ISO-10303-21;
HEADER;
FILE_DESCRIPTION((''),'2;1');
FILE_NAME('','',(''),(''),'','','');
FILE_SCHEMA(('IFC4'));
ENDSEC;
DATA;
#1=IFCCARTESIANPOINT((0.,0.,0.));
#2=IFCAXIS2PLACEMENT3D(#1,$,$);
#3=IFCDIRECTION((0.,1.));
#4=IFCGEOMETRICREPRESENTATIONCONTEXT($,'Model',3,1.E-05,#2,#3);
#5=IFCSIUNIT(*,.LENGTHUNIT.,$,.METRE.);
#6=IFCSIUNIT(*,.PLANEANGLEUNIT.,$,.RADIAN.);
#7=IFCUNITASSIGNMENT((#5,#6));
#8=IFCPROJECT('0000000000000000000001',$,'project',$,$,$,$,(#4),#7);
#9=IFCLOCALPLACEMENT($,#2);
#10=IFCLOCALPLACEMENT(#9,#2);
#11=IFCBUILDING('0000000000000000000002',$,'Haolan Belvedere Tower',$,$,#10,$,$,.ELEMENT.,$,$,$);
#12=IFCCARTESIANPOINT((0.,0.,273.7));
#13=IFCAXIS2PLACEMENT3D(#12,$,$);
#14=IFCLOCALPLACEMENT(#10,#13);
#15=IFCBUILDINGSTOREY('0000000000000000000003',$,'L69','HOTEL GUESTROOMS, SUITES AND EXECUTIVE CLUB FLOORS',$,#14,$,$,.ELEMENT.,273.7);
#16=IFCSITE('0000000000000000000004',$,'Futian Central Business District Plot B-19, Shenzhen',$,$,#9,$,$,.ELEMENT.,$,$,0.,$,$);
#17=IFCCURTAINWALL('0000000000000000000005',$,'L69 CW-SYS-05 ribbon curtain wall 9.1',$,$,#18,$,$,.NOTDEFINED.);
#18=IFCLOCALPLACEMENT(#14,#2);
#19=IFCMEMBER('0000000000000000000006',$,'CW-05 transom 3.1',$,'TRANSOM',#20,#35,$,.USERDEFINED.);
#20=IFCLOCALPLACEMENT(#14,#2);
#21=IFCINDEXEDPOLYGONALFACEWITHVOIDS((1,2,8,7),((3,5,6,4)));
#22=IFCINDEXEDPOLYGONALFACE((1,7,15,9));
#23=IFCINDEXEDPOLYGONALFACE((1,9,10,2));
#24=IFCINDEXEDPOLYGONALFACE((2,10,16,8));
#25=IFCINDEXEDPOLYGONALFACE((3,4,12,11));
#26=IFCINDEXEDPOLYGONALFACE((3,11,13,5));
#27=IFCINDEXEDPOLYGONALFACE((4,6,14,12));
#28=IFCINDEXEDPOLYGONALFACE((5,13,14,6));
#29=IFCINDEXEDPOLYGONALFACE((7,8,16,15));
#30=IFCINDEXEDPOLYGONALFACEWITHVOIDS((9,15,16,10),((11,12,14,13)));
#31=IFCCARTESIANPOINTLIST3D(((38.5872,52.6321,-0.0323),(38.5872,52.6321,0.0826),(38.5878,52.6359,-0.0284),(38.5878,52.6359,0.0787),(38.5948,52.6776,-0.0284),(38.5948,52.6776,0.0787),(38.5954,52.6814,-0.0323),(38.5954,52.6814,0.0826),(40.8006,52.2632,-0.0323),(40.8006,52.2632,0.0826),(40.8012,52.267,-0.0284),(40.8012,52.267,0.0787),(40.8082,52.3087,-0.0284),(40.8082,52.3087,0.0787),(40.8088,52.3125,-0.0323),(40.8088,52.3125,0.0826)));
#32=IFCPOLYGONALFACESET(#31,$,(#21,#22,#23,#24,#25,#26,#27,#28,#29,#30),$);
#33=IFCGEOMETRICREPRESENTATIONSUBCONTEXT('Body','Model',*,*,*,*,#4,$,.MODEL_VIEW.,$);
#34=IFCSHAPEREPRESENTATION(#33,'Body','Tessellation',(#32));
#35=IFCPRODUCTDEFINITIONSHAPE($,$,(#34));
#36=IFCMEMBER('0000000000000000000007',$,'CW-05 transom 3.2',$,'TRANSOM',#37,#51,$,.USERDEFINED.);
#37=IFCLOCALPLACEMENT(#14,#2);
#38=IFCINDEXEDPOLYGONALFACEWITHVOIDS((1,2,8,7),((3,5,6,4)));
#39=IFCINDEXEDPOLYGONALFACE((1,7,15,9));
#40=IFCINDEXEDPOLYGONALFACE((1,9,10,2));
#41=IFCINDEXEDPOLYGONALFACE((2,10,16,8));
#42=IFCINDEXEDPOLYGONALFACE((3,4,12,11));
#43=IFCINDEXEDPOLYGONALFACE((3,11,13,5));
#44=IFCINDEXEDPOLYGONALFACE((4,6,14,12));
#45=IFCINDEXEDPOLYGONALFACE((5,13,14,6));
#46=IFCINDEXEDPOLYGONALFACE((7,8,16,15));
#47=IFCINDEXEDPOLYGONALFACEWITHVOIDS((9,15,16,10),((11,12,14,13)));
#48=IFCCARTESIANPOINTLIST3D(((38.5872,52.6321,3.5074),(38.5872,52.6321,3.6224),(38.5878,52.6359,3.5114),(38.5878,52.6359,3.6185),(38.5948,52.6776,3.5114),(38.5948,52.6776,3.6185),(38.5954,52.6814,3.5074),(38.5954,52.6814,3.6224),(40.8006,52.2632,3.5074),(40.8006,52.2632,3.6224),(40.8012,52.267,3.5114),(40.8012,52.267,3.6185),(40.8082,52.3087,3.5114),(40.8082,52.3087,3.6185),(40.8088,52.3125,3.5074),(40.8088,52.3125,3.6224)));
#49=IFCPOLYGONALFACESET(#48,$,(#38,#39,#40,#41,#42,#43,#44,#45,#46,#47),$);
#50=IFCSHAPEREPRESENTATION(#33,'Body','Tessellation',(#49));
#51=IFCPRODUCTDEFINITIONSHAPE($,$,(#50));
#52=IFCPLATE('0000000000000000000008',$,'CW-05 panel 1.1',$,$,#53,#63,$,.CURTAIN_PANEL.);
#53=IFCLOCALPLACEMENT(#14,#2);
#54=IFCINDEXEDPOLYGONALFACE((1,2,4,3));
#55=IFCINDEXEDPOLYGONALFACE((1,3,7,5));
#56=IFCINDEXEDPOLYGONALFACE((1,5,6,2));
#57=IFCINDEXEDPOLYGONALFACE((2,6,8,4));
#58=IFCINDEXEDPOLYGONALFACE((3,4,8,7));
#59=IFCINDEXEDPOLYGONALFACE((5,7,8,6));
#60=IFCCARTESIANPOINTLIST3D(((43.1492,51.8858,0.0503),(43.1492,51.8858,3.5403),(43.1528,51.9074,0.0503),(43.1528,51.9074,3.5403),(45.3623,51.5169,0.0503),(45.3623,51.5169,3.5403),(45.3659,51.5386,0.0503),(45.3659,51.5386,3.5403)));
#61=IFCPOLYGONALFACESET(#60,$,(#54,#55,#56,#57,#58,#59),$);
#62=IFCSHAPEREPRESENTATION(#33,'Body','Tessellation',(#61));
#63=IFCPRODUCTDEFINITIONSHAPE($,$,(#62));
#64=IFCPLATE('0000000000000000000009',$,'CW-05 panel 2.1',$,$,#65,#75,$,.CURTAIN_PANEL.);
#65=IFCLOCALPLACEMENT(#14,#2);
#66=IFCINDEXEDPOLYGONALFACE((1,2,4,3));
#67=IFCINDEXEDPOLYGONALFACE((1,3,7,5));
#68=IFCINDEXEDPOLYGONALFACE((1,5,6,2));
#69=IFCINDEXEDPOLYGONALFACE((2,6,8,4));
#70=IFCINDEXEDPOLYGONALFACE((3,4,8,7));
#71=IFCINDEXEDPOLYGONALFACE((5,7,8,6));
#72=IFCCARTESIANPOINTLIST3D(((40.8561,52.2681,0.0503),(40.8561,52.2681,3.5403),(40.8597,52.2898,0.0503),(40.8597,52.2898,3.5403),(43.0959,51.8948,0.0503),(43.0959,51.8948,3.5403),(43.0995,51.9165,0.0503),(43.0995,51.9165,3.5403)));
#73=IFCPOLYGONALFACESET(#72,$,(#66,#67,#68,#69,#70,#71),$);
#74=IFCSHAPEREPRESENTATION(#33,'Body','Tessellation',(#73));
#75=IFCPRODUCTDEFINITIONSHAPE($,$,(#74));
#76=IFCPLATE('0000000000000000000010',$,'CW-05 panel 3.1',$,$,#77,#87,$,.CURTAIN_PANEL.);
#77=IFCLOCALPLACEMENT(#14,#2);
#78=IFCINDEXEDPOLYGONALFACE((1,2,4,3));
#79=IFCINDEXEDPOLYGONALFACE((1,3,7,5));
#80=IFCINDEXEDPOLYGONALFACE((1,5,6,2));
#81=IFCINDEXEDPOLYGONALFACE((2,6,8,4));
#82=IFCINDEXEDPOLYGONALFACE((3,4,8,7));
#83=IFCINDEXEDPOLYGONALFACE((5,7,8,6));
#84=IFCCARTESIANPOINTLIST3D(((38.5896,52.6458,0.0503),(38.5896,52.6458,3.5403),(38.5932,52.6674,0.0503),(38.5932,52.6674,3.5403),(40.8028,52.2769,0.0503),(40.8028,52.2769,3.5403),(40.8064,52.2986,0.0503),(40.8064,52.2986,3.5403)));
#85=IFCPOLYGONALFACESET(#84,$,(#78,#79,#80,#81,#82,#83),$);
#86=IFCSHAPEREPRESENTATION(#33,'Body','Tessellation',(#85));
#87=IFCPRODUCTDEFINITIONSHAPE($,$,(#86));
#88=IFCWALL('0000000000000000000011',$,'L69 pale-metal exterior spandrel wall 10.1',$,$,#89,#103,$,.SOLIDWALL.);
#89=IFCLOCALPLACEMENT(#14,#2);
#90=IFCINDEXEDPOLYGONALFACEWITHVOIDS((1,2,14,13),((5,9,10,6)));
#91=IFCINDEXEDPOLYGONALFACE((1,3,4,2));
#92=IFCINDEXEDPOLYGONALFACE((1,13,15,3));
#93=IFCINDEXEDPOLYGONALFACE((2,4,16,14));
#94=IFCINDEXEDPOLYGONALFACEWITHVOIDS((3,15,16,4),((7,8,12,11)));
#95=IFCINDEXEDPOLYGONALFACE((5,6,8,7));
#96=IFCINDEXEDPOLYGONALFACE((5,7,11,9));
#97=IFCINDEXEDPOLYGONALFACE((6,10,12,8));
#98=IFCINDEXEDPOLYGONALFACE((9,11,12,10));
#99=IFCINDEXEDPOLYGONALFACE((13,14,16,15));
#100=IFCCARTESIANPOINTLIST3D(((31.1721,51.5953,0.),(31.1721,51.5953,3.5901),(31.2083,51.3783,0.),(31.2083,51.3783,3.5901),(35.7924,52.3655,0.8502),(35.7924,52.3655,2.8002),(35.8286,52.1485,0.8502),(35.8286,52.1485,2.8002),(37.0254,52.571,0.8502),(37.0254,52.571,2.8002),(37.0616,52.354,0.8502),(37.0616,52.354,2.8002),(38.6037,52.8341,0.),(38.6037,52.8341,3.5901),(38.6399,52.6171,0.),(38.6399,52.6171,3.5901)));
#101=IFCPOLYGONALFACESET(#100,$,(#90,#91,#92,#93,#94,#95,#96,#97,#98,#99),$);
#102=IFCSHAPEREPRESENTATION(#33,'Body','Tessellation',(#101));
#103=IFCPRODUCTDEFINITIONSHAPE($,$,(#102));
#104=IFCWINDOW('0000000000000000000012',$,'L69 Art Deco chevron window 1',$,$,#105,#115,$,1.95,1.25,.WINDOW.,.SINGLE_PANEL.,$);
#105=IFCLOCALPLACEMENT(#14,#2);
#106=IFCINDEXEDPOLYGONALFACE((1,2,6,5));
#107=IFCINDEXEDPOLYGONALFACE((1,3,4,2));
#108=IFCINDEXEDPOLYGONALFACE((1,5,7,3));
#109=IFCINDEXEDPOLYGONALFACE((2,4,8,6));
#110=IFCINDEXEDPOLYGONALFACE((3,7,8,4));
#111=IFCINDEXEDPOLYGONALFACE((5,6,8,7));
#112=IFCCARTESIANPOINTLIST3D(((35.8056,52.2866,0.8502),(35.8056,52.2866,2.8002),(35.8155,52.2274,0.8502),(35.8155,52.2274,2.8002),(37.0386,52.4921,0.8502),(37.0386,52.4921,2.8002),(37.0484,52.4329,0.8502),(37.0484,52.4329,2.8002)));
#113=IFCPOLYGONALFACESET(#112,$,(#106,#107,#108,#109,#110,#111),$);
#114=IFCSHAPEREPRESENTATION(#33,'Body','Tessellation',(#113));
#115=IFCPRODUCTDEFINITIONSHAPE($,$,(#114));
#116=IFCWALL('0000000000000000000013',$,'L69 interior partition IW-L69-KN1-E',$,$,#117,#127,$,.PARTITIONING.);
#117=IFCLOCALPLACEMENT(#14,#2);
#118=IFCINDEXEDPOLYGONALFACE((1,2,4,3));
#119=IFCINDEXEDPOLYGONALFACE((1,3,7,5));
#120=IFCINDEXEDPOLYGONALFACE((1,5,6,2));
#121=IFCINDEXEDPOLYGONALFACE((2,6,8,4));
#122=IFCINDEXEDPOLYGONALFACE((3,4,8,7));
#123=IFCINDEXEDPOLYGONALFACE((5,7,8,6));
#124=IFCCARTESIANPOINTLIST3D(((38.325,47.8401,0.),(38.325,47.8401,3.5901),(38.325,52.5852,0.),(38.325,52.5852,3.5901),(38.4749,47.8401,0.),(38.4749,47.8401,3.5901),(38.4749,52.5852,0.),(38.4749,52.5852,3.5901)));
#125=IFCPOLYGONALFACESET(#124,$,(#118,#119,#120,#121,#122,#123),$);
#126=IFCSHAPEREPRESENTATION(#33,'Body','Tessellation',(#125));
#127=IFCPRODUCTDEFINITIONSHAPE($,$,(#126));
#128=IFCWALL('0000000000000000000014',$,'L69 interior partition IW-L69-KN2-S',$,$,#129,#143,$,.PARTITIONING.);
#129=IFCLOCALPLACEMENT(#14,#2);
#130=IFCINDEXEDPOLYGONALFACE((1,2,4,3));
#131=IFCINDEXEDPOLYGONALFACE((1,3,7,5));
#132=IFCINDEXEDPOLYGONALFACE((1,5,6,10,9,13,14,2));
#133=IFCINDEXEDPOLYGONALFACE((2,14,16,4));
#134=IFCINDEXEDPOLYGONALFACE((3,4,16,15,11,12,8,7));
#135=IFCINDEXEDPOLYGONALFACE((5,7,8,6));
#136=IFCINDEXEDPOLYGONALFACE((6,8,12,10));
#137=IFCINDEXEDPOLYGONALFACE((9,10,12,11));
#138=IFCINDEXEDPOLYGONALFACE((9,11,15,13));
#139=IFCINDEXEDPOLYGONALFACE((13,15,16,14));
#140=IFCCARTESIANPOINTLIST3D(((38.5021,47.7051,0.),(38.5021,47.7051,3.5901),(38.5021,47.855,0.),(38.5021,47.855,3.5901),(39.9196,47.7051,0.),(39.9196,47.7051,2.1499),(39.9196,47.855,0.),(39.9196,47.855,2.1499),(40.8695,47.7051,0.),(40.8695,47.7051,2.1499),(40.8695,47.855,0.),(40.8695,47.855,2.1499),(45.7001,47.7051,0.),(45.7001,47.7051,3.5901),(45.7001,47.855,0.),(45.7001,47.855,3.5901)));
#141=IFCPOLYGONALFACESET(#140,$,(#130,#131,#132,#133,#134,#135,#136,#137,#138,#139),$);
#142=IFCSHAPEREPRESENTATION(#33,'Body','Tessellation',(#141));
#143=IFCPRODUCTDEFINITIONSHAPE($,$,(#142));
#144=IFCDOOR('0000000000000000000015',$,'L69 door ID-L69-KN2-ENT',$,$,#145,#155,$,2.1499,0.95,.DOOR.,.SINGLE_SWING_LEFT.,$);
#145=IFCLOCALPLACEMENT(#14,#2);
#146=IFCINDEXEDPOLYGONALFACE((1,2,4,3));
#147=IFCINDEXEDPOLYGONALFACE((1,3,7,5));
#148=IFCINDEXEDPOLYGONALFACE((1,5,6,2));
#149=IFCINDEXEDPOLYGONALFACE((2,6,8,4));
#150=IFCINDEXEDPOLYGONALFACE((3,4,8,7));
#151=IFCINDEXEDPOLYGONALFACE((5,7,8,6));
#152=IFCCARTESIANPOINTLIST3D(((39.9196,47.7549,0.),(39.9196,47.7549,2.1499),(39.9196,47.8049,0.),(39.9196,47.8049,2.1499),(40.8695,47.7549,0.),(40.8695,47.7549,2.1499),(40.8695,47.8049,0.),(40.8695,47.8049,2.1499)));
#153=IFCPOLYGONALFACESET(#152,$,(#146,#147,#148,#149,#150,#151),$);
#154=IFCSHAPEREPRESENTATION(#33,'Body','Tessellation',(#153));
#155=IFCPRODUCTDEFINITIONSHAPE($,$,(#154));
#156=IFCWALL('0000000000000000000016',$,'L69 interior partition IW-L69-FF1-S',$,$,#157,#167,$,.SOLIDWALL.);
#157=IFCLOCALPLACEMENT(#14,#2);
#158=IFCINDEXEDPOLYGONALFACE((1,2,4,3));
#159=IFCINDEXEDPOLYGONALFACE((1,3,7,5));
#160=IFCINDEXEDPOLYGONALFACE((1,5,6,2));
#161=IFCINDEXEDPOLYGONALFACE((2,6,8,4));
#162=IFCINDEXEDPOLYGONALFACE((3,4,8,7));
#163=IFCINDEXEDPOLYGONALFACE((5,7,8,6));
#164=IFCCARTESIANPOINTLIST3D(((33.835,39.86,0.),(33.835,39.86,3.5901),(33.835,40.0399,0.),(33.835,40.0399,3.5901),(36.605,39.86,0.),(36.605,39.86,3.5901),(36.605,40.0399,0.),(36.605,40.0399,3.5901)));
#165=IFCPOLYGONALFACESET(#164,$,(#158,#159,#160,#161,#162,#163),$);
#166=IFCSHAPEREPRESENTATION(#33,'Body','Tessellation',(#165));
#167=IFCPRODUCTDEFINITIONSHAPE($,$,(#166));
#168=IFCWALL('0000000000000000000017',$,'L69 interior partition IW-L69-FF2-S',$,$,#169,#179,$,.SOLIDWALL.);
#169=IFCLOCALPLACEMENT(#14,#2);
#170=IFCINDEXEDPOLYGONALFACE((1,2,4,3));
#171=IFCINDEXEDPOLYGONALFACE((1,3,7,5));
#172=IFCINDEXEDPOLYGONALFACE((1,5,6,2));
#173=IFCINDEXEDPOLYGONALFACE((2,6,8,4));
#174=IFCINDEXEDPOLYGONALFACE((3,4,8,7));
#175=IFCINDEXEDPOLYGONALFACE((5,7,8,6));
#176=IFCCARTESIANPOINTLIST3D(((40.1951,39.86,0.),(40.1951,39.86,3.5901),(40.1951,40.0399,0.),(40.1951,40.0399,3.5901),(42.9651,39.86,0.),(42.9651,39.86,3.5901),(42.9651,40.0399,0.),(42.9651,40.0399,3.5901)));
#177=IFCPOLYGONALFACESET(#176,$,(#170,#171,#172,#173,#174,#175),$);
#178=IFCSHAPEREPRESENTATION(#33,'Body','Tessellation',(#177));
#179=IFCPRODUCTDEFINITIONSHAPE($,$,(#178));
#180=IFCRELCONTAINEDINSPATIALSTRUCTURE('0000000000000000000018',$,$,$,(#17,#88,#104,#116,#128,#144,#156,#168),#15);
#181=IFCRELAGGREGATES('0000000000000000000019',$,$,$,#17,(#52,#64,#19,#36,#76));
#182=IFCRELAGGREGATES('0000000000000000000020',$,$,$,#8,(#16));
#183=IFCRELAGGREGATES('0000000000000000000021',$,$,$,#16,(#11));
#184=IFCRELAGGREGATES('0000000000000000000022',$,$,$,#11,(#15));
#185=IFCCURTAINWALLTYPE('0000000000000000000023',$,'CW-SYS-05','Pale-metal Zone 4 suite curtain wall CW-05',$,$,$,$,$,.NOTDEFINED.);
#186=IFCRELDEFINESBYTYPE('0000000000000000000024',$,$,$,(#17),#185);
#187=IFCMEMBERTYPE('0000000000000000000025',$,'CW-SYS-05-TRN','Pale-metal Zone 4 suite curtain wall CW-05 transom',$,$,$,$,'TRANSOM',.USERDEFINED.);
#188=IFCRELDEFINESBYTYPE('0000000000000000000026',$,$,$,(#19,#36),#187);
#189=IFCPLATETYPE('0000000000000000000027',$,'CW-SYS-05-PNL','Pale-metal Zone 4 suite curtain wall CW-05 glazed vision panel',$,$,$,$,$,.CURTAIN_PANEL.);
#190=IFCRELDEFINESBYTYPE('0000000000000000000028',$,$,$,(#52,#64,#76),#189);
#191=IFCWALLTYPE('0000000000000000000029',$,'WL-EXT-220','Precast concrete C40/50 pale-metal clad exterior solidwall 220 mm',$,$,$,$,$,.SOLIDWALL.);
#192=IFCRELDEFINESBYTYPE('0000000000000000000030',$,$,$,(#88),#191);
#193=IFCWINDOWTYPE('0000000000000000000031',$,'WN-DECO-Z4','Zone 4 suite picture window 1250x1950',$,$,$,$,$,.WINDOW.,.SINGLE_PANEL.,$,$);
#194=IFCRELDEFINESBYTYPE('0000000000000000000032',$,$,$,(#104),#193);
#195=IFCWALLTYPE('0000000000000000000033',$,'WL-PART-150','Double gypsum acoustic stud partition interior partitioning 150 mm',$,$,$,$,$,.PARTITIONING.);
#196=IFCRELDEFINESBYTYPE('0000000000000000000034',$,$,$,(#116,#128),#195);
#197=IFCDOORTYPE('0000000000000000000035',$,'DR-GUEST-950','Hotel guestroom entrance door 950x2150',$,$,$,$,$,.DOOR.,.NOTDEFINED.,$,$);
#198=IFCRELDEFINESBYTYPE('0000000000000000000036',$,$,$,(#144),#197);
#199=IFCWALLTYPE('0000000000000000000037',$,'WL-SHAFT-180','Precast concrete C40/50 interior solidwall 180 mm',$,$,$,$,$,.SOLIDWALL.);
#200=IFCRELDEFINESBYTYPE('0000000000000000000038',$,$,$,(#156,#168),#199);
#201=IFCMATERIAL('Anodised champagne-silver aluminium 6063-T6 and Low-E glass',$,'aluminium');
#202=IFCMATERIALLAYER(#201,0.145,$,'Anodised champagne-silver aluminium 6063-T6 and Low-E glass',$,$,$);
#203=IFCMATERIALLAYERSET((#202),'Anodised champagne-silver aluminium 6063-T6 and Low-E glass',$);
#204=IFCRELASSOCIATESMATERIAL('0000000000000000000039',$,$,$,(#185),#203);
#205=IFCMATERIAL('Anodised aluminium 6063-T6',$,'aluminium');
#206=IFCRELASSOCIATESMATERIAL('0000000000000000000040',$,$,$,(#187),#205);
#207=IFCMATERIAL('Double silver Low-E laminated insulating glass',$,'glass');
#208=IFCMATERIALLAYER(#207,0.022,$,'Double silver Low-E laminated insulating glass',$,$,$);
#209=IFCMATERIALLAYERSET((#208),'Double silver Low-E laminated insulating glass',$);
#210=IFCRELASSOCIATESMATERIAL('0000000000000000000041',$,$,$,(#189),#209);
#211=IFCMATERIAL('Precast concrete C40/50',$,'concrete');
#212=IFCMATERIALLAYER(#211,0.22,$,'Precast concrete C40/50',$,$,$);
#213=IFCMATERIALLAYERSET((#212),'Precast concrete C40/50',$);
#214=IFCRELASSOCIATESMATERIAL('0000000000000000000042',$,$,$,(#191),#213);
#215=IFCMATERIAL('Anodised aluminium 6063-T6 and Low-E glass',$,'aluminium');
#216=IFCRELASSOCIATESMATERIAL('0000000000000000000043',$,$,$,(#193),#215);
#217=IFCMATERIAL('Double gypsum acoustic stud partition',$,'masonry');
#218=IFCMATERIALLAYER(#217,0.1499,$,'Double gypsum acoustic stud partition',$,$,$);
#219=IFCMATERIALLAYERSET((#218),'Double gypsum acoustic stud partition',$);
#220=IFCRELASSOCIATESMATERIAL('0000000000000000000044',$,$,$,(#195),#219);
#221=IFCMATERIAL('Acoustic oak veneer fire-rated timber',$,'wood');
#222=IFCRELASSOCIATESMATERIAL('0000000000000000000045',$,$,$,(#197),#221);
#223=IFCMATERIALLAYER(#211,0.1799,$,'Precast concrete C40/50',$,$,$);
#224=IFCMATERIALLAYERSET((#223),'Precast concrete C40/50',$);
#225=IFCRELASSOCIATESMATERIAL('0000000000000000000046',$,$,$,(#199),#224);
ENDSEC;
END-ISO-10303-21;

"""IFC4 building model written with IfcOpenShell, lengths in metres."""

from ifc_helpers import new_model, si_unit, direction, frame, frame_2d, origin, origin_2d, place, context, subcontext, project, spatial, rectangle, hollow_rectangle, extrude, material, layer, layer_set, material_profile, profile_set, type_object, element, fill, aggregate, save


model = new_model("IFC4")

# Units and contexts
model_context = context("Model", 3, precision=1e-05, world=origin(), true_north=direction((0.0, 1.0)))
body_context = subcontext(model_context, "Body", "Model", "MODEL_VIEW")
ifc_project = project(units=[si_unit("LENGTHUNIT", "METRE"), si_unit("PLANEANGLEUNIT", "RADIAN")], contexts=[model_context])

# Site, building, storey
site_placement = place(None, origin())
site = spatial("IfcSite", under=ifc_project, at=site_placement, Name="Futian Central Business District Plot B-19, Shenzhen", CompositionType="ELEMENT", RefElevation=0.0)
building_placement = place(site_placement, origin())
building = spatial("IfcBuilding", under=site, at=building_placement, Name="Haolan Belvedere Tower", CompositionType="ELEMENT")
storey_placement = place(building_placement, frame((0.0, 0.0, 273.7)))
storey = spatial("IfcBuildingStorey", under=building, at=storey_placement, Name="L69", Description="HOTEL GUESTROOMS, SUITES AND EXECUTIVE CLUB FLOORS", CompositionType="ELEMENT", Elevation=273.7)

# Curtain wall, members, plates
ifc_material_1 = material(Name="Anodised champagne-silver aluminium 6063-T6 and Low-E glass", Category="aluminium")
ifc_layer_1 = layer(ifc_material_1, 0.145, Name="Anodised champagne-silver aluminium 6063-T6 and Low-E glass")
ifc_layer_set_1 = layer_set([ifc_layer_1], Name="Anodised champagne-silver aluminium 6063-T6 and Low-E glass")
curtain_wall_type = type_object("IfcCurtainWallType", Name="CW-SYS-05", Description="Pale-metal Zone 4 suite curtain wall CW-05", PredefinedType="NOTDEFINED", material=ifc_layer_set_1)
curtain_wall_placement = place(storey_placement, origin())
curtain_wall = element("IfcCurtainWall", 1, at=curtain_wall_placement, inside=storey, type_object=curtain_wall_type, Name="L69 CW-SYS-05 ribbon curtain wall 9.1", PredefinedType="NOTDEFINED")
ifc_material_2 = material(Name="Anodised aluminium 6063-T6", Category="aluminium")
ifc_material_profile_1 = material_profile(ifc_material_2, hollow_rectangle(XDim=0.05, YDim=0.115, WallThickness=0.0039, at=origin_2d()), Name="Anodised aluminium 6063-T6")
ifc_profile_set_1 = profile_set([ifc_material_profile_1], Name="Anodised aluminium 6063-T6")
member_type_1 = type_object("IfcMemberType", Name="CW-SYS-05-TRN", Description="Pale-metal Zone 4 suite curtain wall CW-05 transom", ElementType="TRANSOM", PredefinedType="USERDEFINED", material=ifc_profile_set_1)
member_1_placement = place(storey_placement, frame((40.8047, 52.2878, 0.0251), z_axis=(-0.986394, 0.164399, 0.0), x_axis=(-0.164399, -0.986394, 0.0)))
member_1 = element("IfcMember", 2, at=member_1_placement, type_object=member_type_1, Name="CW-05 transom 3.1", ObjectType="TRANSOM", PredefinedType="USERDEFINED", context=body_context, shape_type="SweptSolid", body=[
    extrude(hollow_rectangle(XDim=0.05, YDim=0.115, WallThickness=0.0039, at=origin_2d()), origin(), (0.0, 0.0, 1.0), 2.2439),
])
member_2_placement = place(storey_placement, frame((40.8047, 52.2878, 3.5649), z_axis=(-0.986394, 0.164399, 0.0), x_axis=(-0.164399, -0.986394, 0.0)))
member_2 = element("IfcMember", 3, at=member_2_placement, type_object=member_type_1, Name="CW-05 transom 3.2", ObjectType="TRANSOM", PredefinedType="USERDEFINED", context=body_context, shape_type="SweptSolid", body=[
    extrude(hollow_rectangle(XDim=0.05, YDim=0.115, WallThickness=0.0039, at=origin_2d()), origin(), (0.0, 0.0, 1.0), 2.2439),
])
ifc_material_3 = material(Name="Double silver Low-E laminated insulating glass", Category="glass")
ifc_layer_2 = layer(ifc_material_3, 0.022, Name="Double silver Low-E laminated insulating glass")
ifc_layer_set_2 = layer_set([ifc_layer_2], Name="Double silver Low-E laminated insulating glass")
plate_type = type_object("IfcPlateType", Name="CW-SYS-05-PNL", Description="Pale-metal Zone 4 suite curtain wall CW-05 glazed vision panel", PredefinedType="CURTAIN_PANEL", material=ifc_layer_set_2)
plate_1_placement = place(storey_placement, frame((44.2576, 51.7122, 0.0503), z_axis=(0.0, 0.0, 1.0), x_axis=(-0.986393, 0.164406, 0.0)))
plate_1 = element("IfcPlate", 4, at=plate_1_placement, type_object=plate_type, Name="CW-05 panel 1.1", PredefinedType="CURTAIN_PANEL", context=body_context, shape_type="SweptSolid", body=[
    extrude(rectangle(XDim=2.2437, YDim=0.022, at=origin_2d()), origin(), (0.0, 0.0, 1.0), 3.49),
])
plate_2_placement = place(storey_placement, frame((41.9778, 52.0923, 0.0503), z_axis=(0.0, 0.0, 1.0), x_axis=(-0.986393, 0.164406, 0.0)))
plate_2 = element("IfcPlate", 5, at=plate_2_placement, type_object=plate_type, Name="CW-05 panel 2.1", PredefinedType="CURTAIN_PANEL", context=body_context, shape_type="SweptSolid", body=[
    extrude(rectangle(XDim=2.2708, YDim=0.022, at=origin_2d()), origin(), (0.0, 0.0, 1.0), 3.49),
])
plate_3_placement = place(storey_placement, frame((39.698, 52.4722, 0.0503), z_axis=(0.0, 0.0, 1.0), x_axis=(-0.986393, 0.164406, 0.0)))
plate_3 = element("IfcPlate", 6, at=plate_3_placement, type_object=plate_type, Name="CW-05 panel 3.1", PredefinedType="CURTAIN_PANEL", context=body_context, shape_type="SweptSolid", body=[
    extrude(rectangle(XDim=2.2437, YDim=0.022, at=origin_2d()), origin(), (0.0, 0.0, 1.0), 3.49),
])
aggregate(curtain_wall, [plate_1, plate_2, member_1, member_2, plate_3])

# Wall, opening, window
ifc_material_4 = material(Name="Precast concrete C40/50", Category="concrete")
ifc_layer_3 = layer(ifc_material_4, 0.22, Name="Precast concrete C40/50")
ifc_layer_set_3 = layer_set([ifc_layer_3], Name="Precast concrete C40/50")
wall_type_1 = type_object("IfcWallType", Name="WL-EXT-220", Description="Precast concrete C40/50 pale-metal clad exterior solidwall 220 mm", PredefinedType="SOLIDWALL", material=ifc_layer_set_3)
wall_1_placement = place(storey_placement, frame((38.6218, 52.7256, 0.0), z_axis=(0.0, 0.0, 1.0), x_axis=(-0.98639, -0.16442, 0.0)))
wall_1 = element("IfcWall", 7, at=wall_1_placement, inside=storey, type_object=wall_type_1, Name="L69 pale-metal exterior spandrel wall 10.1", PredefinedType="SOLIDWALL", context=body_context, shape_type="SweptSolid", body=[
    extrude(rectangle(XDim=7.5342, YDim=0.22, at=frame_2d((3.7671, 0.0))), origin(), (0.0, 0.0, 1.0), 3.5901),
])
opening_1_placement = place(wall_1_placement, frame((1.6001, 0.0, 0.8501)))
opening_1 = element("IfcOpeningElement", 8, at=opening_1_placement, cuts=wall_1, PredefinedType="OPENING", context=body_context, shape_type="SweptSolid", body=[
    extrude(rectangle(XDim=1.25, YDim=1.95, at=frame_2d((0.625, 0.9751))), frame((0.0, 0.1199, 0.0), z_axis=(0.0, -1.0, 0.0), x_axis=(1.0, 0.0, 0.0)), (0.0, 0.0, 1.0), 0.24),
])
ifc_material_5 = material(Name="Anodised aluminium 6063-T6 and Low-E glass", Category="aluminium")
window_type = type_object("IfcWindowType", Name="WN-DECO-Z4", Description="Zone 4 suite picture window 1250x1950", PartitioningType="SINGLE_PANEL", PredefinedType="WINDOW", material=ifc_material_5)
window_placement = place(opening_1_placement, origin())
window = element("IfcWindow", 9, at=window_placement, inside=storey, type_object=window_type, Name="L69 Art Deco chevron window 1", OverallHeight=1.95, OverallWidth=1.25, PartitioningType="SINGLE_PANEL", PredefinedType="WINDOW", context=body_context, shape_type="SweptSolid", body=[
    extrude(rectangle(XDim=1.25, YDim=1.95, at=frame_2d((0.625, 0.9751))), frame((0.0, 0.03, 0.0), z_axis=(0.0, -1.0, 0.0), x_axis=(1.0, 0.0, 0.0)), (0.0, 0.0, 1.0), 0.0601),
])
fill(opening_1, window)

# Wall
ifc_material_6 = material(Name="Double gypsum acoustic stud partition", Category="masonry")
ifc_layer_4 = layer(ifc_material_6, 0.1499, Name="Double gypsum acoustic stud partition")
ifc_layer_set_4 = layer_set([ifc_layer_4], Name="Double gypsum acoustic stud partition")
wall_type_2 = type_object("IfcWallType", Name="WL-PART-150", Description="Double gypsum acoustic stud partition interior partitioning 150 mm", PredefinedType="PARTITIONING", material=ifc_layer_set_4)
wall_2_placement = place(storey_placement, frame((38.3999, 47.8401, 0.0), z_axis=(0.0, 0.0, 1.0), x_axis=(0.0, 1.0, 0.0)))
element("IfcWall", 10, at=wall_2_placement, inside=storey, type_object=wall_type_2, Name="L69 interior partition IW-L69-KN1-E", PredefinedType="PARTITIONING", context=body_context, shape_type="SweptSolid", body=[
    extrude(rectangle(XDim=4.7451, YDim=0.1499, at=frame_2d((2.3726, 0.0))), origin(), (0.0, 0.0, 1.0), 3.5901),
])

# Wall, opening, door
wall_3_placement = place(storey_placement, frame((38.502, 47.78, 0.0), z_axis=(0.0, 0.0, 1.0), x_axis=(1.0, 0.0, 0.0)))
wall_3 = element("IfcWall", 11, at=wall_3_placement, inside=storey, type_object=wall_type_2, Name="L69 interior partition IW-L69-KN2-S", PredefinedType="PARTITIONING", context=body_context, shape_type="SweptSolid", body=[
    extrude(rectangle(XDim=7.198, YDim=0.1499, at=frame_2d((3.5991, 0.0))), origin(), (0.0, 0.0, 1.0), 3.5901),
])
opening_2_placement = place(wall_3_placement, frame((1.4175, 0.0, 0.0)))
opening_2 = element("IfcOpeningElement", 12, at=opening_2_placement, cuts=wall_3, PredefinedType="OPENING", context=body_context, shape_type="SweptSolid", body=[
    extrude(rectangle(XDim=0.95, YDim=2.1499, at=frame_2d((0.4751, 1.075))), frame((0.0, 0.085, 0.0), z_axis=(0.0, -1.0, 0.0), x_axis=(1.0, 0.0, 0.0)), (0.0, 0.0, 1.0), 0.1699),
])
ifc_material_7 = material(Name="Acoustic oak veneer fire-rated timber", Category="wood")
door_type_1 = type_object("IfcDoorType", Name="DR-GUEST-950", Description="Hotel guestroom entrance door 950x2150", OperationType="NOTDEFINED", PredefinedType="DOOR", material=ifc_material_7)
door_1_placement = place(opening_2_placement, origin())
door_1 = element("IfcDoor", 13, at=door_1_placement, inside=storey, type_object=door_type_1, Name="L69 door ID-L69-KN2-ENT", OperationType="SINGLE_SWING_LEFT", OverallHeight=2.1499, OverallWidth=0.95, PredefinedType="DOOR", context=body_context, shape_type="SweptSolid", body=[
    extrude(rectangle(XDim=0.95, YDim=2.1499, at=frame_2d((0.4751, 1.075))), frame((0.0, 0.0249, 0.0), z_axis=(0.0, -1.0, 0.0), x_axis=(1.0, 0.0, 0.0)), (0.0, 0.0, 1.0), 0.05),
])
fill(opening_2, door_1)

# Walls
ifc_layer_5 = layer(ifc_material_4, 0.1799, Name="Precast concrete C40/50")
ifc_layer_set_5 = layer_set([ifc_layer_5], Name="Precast concrete C40/50")
wall_type_3 = type_object("IfcWallType", Name="WL-SHAFT-180", Description="Precast concrete C40/50 interior solidwall 180 mm", PredefinedType="SOLIDWALL", material=ifc_layer_set_5)
for number, where, z_axis, x_axis, name in (
    (14, (33.835, 39.95, 0.0), (0.0, 0.0, 1.0), (1.0, 0.0, 0.0), "L69 interior partition IW-L69-FF1-S"),
    (15, (40.1951, 39.95, 0.0), (0.0, 0.0, 1.0), (1.0, 0.0, 0.0), "L69 interior partition IW-L69-FF2-S"),
):
    element("IfcWall", number, at=place(storey_placement, frame(where, z_axis=z_axis, x_axis=x_axis)), inside=storey, type_object=wall_type_3, Name=name, PredefinedType="SOLIDWALL", context=body_context, shape_type="SweptSolid", body=[
        extrude(rectangle(XDim=2.77, YDim=0.1799, at=frame_2d((1.385, 0.0))), origin(), (0.0, 0.0, 1.0), 3.5901),
    ])

save(model, "model.ifc")
